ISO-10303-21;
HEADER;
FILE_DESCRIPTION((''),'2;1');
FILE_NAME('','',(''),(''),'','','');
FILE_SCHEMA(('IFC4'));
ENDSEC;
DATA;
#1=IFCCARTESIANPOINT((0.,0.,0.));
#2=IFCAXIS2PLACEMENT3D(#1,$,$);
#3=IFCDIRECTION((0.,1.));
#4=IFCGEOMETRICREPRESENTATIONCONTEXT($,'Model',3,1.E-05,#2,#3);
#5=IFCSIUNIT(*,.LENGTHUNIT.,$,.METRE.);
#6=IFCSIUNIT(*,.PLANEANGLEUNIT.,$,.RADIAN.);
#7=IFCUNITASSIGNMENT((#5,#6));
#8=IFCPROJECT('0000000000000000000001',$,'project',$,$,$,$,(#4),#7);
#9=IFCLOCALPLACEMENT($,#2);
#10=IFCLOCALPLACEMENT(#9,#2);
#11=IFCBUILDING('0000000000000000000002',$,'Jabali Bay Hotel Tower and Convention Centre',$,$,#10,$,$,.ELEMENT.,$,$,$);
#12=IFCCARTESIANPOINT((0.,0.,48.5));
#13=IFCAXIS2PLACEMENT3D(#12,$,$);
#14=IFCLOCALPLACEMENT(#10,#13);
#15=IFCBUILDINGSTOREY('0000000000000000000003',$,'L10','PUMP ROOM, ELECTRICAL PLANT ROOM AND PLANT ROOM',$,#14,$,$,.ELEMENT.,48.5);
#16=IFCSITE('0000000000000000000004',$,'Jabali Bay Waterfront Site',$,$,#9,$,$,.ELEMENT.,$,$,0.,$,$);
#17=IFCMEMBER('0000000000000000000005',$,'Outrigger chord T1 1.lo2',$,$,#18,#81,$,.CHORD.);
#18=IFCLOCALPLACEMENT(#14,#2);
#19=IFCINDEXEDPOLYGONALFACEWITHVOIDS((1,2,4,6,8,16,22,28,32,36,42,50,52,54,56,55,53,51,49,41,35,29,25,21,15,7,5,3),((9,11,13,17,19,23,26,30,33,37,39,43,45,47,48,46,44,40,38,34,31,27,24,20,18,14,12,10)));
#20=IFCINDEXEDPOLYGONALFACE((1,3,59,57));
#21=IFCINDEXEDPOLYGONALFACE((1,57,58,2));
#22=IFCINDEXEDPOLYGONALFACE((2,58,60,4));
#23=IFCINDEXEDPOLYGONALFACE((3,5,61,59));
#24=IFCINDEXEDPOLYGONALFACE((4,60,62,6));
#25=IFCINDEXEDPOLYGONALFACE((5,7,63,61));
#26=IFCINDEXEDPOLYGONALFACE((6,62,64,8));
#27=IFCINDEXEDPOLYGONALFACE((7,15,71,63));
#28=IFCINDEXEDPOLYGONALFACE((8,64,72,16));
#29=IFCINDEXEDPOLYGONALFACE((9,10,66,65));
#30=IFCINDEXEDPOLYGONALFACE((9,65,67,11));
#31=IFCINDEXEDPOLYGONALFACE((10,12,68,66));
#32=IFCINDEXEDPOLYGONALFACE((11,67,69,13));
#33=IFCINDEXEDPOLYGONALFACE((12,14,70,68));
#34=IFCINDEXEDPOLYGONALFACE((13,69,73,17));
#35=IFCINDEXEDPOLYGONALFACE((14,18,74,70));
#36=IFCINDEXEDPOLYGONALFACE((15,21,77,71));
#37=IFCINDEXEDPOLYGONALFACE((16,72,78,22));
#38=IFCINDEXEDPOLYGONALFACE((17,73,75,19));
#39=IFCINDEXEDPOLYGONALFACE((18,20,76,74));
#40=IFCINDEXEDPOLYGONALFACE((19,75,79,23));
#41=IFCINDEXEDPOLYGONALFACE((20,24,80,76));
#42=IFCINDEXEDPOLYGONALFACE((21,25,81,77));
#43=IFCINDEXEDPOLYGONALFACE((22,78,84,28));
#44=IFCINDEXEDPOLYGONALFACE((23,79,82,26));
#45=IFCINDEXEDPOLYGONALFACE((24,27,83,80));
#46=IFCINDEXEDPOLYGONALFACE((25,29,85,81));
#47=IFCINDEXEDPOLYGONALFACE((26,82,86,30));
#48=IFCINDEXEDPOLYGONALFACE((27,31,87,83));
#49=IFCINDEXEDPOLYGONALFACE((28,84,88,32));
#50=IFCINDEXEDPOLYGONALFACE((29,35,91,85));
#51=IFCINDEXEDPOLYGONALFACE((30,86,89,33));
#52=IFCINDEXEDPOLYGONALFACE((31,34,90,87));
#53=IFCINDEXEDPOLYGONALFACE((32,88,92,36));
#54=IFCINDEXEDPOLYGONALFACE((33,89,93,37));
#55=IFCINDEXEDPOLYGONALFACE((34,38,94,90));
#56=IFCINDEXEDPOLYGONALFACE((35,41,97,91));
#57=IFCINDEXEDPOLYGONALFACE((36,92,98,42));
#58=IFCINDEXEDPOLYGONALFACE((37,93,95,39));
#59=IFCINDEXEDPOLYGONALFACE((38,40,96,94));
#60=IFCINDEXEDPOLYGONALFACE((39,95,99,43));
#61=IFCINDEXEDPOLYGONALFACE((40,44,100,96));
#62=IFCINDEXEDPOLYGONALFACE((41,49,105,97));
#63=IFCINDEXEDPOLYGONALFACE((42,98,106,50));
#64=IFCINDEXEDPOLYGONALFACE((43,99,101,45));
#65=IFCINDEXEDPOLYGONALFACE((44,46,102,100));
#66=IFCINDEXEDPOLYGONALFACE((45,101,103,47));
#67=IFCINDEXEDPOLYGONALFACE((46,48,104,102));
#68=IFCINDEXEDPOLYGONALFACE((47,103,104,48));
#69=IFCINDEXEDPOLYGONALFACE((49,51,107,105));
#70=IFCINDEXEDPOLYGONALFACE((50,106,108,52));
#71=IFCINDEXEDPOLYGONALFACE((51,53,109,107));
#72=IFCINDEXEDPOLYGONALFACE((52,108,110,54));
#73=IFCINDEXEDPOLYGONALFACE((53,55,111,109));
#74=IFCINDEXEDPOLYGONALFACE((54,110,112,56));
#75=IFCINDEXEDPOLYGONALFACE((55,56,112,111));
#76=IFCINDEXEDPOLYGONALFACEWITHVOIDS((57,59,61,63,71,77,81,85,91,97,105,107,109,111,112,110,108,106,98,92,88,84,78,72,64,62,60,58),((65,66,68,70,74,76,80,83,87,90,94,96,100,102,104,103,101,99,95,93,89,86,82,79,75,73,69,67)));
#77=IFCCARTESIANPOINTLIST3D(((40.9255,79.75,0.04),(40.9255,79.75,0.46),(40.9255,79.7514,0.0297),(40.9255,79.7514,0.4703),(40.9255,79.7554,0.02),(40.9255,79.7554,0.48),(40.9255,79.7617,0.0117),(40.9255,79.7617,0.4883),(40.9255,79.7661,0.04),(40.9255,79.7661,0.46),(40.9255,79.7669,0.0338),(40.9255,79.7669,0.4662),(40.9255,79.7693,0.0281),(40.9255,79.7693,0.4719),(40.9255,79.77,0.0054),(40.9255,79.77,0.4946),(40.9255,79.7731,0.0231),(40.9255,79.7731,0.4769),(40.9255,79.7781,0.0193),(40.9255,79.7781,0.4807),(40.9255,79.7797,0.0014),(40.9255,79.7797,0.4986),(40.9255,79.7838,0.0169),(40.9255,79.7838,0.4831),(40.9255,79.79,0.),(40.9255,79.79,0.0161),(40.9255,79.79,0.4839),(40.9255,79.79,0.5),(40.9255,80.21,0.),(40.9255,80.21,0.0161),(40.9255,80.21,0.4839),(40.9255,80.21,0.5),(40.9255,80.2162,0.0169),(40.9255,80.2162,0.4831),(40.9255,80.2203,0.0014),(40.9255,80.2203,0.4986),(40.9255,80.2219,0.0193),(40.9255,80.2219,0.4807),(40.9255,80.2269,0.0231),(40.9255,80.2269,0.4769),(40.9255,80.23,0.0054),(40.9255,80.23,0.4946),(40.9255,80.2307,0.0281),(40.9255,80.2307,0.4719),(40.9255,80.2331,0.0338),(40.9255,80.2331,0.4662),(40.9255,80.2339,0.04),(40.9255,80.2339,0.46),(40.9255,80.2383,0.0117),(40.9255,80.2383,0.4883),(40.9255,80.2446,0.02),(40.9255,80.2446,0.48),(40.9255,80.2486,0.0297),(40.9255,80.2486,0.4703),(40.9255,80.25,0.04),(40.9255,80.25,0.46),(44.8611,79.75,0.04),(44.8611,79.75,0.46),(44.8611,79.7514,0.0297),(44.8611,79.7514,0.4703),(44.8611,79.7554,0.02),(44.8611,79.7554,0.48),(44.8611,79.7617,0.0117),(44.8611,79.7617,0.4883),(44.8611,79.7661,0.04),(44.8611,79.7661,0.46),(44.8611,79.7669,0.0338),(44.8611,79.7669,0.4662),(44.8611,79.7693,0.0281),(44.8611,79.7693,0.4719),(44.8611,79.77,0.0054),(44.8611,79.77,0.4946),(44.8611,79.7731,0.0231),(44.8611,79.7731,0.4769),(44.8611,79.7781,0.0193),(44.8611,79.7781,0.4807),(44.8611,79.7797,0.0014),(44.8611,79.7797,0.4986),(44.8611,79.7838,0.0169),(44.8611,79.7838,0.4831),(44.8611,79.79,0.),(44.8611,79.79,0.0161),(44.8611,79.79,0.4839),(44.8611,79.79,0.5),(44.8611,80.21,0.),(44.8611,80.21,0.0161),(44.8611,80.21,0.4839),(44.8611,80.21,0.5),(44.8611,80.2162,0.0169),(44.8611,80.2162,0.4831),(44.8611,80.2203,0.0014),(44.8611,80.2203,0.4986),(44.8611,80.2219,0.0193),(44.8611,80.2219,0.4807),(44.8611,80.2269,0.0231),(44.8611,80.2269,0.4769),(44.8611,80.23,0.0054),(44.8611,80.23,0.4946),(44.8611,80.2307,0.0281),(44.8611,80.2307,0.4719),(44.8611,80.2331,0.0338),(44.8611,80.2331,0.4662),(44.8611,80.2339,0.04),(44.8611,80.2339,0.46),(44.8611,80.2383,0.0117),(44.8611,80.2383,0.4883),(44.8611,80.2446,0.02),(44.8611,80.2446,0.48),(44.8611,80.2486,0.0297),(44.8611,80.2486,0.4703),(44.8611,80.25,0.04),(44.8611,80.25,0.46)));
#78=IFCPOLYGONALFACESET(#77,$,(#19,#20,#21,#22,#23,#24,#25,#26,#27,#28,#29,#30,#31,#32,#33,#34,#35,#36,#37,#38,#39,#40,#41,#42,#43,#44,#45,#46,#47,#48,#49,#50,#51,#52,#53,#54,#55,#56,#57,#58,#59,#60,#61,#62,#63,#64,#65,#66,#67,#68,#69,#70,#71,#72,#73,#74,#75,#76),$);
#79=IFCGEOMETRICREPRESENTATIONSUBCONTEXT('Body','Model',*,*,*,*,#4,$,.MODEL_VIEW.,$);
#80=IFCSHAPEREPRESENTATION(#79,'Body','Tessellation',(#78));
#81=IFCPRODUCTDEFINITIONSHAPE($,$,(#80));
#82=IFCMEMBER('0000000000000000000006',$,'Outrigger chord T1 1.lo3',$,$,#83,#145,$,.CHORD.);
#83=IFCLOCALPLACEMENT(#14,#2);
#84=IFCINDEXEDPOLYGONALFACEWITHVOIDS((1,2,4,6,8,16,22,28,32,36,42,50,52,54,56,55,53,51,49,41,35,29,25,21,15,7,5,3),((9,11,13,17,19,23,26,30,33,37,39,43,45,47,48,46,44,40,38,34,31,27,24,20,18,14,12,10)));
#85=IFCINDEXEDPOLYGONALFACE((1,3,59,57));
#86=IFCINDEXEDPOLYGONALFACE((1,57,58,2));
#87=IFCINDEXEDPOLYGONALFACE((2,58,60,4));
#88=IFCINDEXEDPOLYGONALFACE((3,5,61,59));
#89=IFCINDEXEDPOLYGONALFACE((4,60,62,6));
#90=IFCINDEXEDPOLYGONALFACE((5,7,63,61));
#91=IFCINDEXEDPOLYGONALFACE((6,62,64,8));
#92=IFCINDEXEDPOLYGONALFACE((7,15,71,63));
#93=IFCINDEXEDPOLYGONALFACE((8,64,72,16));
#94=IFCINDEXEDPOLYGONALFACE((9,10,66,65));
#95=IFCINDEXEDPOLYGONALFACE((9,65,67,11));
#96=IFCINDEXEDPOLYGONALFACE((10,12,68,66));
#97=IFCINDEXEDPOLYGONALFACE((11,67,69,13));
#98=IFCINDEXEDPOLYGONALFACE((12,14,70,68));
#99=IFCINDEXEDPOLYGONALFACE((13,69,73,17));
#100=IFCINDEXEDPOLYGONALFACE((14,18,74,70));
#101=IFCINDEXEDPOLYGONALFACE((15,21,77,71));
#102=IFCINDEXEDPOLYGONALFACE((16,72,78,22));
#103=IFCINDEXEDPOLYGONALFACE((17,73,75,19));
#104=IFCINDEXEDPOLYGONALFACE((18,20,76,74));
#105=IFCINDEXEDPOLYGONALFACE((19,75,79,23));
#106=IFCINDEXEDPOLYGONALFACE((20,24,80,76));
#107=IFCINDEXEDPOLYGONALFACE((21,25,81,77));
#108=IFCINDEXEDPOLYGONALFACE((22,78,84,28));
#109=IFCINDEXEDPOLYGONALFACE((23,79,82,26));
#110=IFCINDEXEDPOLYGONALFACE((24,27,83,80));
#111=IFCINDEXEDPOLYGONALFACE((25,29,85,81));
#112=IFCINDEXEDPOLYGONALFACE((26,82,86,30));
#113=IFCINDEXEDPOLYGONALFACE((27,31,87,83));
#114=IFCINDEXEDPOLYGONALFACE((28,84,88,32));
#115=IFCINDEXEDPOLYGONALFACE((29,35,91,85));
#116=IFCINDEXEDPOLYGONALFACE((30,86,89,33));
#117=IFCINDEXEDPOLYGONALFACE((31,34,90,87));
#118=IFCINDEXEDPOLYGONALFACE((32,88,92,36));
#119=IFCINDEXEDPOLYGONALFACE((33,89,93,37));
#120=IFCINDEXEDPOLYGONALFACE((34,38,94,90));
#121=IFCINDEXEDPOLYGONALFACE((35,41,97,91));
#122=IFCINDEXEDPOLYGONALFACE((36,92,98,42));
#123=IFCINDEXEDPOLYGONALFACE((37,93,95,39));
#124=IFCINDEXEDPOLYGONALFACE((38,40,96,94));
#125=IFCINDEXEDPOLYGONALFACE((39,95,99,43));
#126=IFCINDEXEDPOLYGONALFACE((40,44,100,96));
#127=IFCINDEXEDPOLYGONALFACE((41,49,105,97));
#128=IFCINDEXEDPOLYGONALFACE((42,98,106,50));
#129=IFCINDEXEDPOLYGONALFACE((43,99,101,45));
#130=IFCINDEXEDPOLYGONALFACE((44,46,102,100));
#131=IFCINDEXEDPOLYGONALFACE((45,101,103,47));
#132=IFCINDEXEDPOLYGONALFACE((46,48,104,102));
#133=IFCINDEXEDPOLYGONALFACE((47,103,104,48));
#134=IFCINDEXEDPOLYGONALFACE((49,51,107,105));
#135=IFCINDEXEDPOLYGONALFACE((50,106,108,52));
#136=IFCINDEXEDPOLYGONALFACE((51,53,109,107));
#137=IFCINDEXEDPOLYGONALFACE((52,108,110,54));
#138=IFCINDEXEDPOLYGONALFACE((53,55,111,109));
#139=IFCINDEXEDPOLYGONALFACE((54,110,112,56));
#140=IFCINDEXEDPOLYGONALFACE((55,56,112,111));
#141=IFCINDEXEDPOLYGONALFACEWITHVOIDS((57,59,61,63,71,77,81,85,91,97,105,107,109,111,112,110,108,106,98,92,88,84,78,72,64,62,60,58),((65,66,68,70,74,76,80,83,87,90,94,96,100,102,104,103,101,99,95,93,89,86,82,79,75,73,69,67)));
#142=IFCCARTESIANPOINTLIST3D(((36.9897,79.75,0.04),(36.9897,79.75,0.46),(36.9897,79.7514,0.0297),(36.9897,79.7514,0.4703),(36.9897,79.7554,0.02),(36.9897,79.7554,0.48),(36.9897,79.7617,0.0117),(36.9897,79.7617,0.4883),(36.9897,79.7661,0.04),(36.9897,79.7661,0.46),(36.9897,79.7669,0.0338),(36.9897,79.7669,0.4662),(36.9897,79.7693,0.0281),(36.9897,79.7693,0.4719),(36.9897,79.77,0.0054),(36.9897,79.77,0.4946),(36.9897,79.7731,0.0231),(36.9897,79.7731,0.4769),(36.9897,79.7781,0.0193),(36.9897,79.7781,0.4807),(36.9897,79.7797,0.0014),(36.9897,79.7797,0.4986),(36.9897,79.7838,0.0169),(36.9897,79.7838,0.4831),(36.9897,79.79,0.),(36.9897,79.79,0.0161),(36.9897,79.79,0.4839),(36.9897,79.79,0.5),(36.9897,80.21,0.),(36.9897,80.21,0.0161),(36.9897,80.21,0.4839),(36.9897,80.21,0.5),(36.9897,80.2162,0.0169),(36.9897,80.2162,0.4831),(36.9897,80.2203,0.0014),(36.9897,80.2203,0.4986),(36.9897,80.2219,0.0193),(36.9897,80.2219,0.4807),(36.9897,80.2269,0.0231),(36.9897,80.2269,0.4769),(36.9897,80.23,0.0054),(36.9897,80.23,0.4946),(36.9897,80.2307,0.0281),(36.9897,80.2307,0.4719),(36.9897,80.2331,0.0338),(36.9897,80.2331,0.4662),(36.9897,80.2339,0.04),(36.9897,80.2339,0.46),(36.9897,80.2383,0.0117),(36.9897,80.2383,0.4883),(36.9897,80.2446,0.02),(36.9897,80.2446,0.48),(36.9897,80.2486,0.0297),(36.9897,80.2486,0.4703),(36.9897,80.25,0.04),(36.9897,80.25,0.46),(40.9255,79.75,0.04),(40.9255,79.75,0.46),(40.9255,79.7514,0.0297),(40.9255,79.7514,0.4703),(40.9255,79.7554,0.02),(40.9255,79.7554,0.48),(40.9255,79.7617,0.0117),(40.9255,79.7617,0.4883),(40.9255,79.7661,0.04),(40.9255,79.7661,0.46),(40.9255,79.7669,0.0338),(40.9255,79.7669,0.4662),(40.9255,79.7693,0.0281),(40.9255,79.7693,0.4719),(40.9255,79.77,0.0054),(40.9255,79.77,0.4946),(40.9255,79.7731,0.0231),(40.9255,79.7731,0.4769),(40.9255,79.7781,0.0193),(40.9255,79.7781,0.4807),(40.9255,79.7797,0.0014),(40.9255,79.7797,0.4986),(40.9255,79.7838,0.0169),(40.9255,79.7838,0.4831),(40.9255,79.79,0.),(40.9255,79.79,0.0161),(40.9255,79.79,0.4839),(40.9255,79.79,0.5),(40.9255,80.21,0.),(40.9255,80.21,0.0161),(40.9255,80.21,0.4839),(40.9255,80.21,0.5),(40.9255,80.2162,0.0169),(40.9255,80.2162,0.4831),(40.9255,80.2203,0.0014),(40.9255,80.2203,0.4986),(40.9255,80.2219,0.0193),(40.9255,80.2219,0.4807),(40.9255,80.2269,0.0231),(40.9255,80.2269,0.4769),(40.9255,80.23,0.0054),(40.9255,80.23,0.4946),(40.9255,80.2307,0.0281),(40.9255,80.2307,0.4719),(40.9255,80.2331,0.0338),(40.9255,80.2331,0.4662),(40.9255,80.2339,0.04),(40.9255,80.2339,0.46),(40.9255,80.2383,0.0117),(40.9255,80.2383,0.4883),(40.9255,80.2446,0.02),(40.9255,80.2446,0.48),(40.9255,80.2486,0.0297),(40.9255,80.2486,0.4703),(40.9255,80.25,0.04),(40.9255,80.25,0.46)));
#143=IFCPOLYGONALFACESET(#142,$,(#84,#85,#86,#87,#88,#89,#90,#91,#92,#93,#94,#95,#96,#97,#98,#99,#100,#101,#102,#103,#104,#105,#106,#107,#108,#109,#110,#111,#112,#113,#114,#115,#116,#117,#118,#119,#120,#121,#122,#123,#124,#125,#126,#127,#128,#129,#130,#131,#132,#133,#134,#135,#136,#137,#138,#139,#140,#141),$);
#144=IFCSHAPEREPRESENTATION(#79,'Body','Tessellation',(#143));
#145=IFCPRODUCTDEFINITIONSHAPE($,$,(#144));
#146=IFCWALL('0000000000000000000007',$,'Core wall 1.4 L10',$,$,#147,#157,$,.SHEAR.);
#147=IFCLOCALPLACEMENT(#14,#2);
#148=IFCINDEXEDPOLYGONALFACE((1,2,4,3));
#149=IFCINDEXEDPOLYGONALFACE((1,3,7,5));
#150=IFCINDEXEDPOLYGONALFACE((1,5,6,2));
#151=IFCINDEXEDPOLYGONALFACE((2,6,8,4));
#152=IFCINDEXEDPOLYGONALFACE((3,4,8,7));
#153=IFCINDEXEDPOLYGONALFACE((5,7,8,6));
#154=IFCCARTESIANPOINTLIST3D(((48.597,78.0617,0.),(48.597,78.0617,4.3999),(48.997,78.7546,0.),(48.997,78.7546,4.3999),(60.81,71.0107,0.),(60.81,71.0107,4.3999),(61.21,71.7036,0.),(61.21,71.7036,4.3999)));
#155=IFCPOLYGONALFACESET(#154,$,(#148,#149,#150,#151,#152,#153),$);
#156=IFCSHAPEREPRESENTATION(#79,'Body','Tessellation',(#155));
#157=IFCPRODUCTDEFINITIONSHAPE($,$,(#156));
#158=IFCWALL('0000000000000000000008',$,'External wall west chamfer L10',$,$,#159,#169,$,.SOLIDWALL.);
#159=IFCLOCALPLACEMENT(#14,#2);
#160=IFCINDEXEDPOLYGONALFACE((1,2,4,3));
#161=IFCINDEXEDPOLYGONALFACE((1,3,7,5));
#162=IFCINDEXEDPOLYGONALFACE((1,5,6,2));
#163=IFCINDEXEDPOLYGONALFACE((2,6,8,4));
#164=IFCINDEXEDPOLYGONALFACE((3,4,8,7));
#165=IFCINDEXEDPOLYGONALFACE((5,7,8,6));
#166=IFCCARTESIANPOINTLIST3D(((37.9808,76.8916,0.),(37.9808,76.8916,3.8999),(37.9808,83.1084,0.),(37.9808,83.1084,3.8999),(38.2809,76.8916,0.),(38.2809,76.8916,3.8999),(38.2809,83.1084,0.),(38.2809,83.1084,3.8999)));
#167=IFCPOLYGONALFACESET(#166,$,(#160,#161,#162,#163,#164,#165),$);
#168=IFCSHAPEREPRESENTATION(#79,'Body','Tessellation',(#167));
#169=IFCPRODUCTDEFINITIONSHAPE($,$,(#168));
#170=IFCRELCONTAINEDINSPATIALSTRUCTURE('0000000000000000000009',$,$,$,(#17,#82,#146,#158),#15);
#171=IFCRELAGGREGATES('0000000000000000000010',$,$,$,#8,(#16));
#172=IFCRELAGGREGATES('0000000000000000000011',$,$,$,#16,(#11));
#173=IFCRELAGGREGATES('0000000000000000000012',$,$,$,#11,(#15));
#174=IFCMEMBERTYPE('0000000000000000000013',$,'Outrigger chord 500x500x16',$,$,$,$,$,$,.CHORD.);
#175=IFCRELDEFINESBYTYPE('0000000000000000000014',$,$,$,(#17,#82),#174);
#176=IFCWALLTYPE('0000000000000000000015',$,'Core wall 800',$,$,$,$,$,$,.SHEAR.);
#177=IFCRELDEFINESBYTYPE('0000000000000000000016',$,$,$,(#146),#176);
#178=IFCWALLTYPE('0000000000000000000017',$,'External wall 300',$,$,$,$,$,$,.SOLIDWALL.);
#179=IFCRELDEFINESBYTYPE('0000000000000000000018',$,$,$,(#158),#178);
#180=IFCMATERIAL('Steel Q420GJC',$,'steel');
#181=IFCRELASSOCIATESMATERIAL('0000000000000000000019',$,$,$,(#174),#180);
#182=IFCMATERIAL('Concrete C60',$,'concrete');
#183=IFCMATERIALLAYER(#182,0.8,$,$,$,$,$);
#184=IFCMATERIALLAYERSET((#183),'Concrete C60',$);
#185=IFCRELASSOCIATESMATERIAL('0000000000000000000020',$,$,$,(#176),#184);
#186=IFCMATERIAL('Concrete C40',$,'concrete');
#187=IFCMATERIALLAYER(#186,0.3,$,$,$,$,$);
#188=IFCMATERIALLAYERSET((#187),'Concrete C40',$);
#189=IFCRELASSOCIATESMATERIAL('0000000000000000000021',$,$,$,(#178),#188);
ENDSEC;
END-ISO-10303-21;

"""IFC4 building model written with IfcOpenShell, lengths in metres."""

from ifc_helpers import new_model, si_unit, direction, frame, frame_2d, origin, origin_2d, place, context, subcontext, project, spatial, rectangle, hollow_rectangle, extrude, material, layer, layer_set, material_profile, profile_set, type_object, element, save


model = new_model("IFC4")

# Units and contexts
model_context = context("Model", 3, precision=1e-05, world=origin(), true_north=direction((0.0, 1.0)))
body_context = subcontext(model_context, "Body", "Model", "MODEL_VIEW")
ifc_project = project(units=[si_unit("LENGTHUNIT", "METRE"), si_unit("PLANEANGLEUNIT", "RADIAN")], contexts=[model_context])

# Site, building, storey
site_placement = place(None, origin())
site = spatial("IfcSite", under=ifc_project, at=site_placement, Name="Jabali Bay Waterfront Site", CompositionType="ELEMENT", RefElevation=0.0)
building_placement = place(site_placement, origin())
building = spatial("IfcBuilding", under=site, at=building_placement, Name="Jabali Bay Hotel Tower and Convention Centre", CompositionType="ELEMENT")
storey_placement = place(building_placement, frame((0.0, 0.0, 48.5)))
storey = spatial("IfcBuildingStorey", under=building, at=storey_placement, Name="L10", Description="PUMP ROOM, ELECTRICAL PLANT ROOM AND PLANT ROOM", CompositionType="ELEMENT", Elevation=48.5)

# Shared definitions
ifc_material_1 = material(Name="Concrete C60", Category="concrete")

# Members
ifc_material_2 = material(Name="Steel Q420GJC", Category="steel")
ifc_material_profile_1 = material_profile(ifc_material_2, hollow_rectangle(XDim=0.5, YDim=0.5, WallThickness=0.0161, InnerFilletRadius=0.0239, OuterFilletRadius=0.04, at=origin_2d()), Name="Outrigger chord 500x500x16")
ifc_profile_set_1 = profile_set([ifc_material_profile_1], Name="Steel Q420GJC")
member_type_1 = type_object("IfcMemberType", Name="Outrigger chord 500x500x16", PredefinedType="CHORD", material=ifc_profile_set_1)
member_1_placement = place(storey_placement, frame((44.8611, 80.0, 0.25), z_axis=(-1.0, 0.0, 0.0), x_axis=(0.0, -1.0, 0.0)))
element("IfcMember", 1, at=member_1_placement, inside=storey, type_object=member_type_1, Name="Outrigger chord T1 1.lo2", PredefinedType="CHORD", context=body_context, shape_type="SweptSolid", body=[
    extrude(hollow_rectangle(XDim=0.5, YDim=0.5, WallThickness=0.0161, InnerFilletRadius=0.0239, OuterFilletRadius=0.04, at=origin_2d()), origin(), (0.0, 0.0, 1.0), 3.9355),
])
member_2_placement = place(storey_placement, frame((40.9255, 80.0, 0.25), z_axis=(-1.0, 0.0, 0.0), x_axis=(0.0, -1.0, 0.0)))
element("IfcMember", 2, at=member_2_placement, inside=storey, type_object=member_type_1, Name="Outrigger chord T1 1.lo3", PredefinedType="CHORD", context=body_context, shape_type="SweptSolid", body=[
    extrude(hollow_rectangle(XDim=0.5, YDim=0.5, WallThickness=0.0161, InnerFilletRadius=0.0239, OuterFilletRadius=0.04, at=origin_2d()), origin(), (0.0, 0.0, 1.0), 3.9358),
])

# Walls
ifc_layer_1 = layer(ifc_material_1, 0.8)
ifc_layer_set_1 = layer_set([ifc_layer_1], Name="Concrete C60")
wall_type_1 = type_object("IfcWallType", Name="Core wall 800", PredefinedType="SHEAR", material=ifc_layer_set_1)
wall_1_placement = place(storey_placement, frame((48.7969, 78.4082, 0.0), z_axis=(0.0, 0.0, 1.0), x_axis=(0.866033, -0.499988, 0.0)))
element("IfcWall", 3, at=wall_1_placement, inside=storey, type_object=wall_type_1, Name="Core wall 1.4 L10", PredefinedType="SHEAR", context=body_context, shape_type="SweptSolid", body=[
    extrude(rectangle(XDim=14.1023, YDim=0.8, at=frame_2d((7.0513, 0.0))), origin(), (0.0, 0.0, 1.0), 4.3999),
])
ifc_material_3 = material(Name="Concrete C40", Category="concrete")
ifc_layer_2 = layer(ifc_material_3, 0.3)
ifc_layer_set_2 = layer_set([ifc_layer_2], Name="Concrete C40")
wall_type_2 = type_object("IfcWallType", Name="External wall 300", PredefinedType="SOLIDWALL", material=ifc_layer_set_2)
wall_2_placement = place(storey_placement, frame((38.1309, 76.8916, 0.0), z_axis=(0.0, 0.0, 1.0), x_axis=(0.0, 1.0, 0.0)))
element("IfcWall", 4, at=wall_2_placement, inside=storey, type_object=wall_type_2, Name="External wall west chamfer L10", PredefinedType="SOLIDWALL", context=body_context, shape_type="SweptSolid", body=[
    extrude(rectangle(XDim=6.2168, YDim=0.3, at=frame_2d((3.1084, 0.0))), origin(), (0.0, 0.0, 1.0), 3.8999),
])

save(model, "model.ifc")
